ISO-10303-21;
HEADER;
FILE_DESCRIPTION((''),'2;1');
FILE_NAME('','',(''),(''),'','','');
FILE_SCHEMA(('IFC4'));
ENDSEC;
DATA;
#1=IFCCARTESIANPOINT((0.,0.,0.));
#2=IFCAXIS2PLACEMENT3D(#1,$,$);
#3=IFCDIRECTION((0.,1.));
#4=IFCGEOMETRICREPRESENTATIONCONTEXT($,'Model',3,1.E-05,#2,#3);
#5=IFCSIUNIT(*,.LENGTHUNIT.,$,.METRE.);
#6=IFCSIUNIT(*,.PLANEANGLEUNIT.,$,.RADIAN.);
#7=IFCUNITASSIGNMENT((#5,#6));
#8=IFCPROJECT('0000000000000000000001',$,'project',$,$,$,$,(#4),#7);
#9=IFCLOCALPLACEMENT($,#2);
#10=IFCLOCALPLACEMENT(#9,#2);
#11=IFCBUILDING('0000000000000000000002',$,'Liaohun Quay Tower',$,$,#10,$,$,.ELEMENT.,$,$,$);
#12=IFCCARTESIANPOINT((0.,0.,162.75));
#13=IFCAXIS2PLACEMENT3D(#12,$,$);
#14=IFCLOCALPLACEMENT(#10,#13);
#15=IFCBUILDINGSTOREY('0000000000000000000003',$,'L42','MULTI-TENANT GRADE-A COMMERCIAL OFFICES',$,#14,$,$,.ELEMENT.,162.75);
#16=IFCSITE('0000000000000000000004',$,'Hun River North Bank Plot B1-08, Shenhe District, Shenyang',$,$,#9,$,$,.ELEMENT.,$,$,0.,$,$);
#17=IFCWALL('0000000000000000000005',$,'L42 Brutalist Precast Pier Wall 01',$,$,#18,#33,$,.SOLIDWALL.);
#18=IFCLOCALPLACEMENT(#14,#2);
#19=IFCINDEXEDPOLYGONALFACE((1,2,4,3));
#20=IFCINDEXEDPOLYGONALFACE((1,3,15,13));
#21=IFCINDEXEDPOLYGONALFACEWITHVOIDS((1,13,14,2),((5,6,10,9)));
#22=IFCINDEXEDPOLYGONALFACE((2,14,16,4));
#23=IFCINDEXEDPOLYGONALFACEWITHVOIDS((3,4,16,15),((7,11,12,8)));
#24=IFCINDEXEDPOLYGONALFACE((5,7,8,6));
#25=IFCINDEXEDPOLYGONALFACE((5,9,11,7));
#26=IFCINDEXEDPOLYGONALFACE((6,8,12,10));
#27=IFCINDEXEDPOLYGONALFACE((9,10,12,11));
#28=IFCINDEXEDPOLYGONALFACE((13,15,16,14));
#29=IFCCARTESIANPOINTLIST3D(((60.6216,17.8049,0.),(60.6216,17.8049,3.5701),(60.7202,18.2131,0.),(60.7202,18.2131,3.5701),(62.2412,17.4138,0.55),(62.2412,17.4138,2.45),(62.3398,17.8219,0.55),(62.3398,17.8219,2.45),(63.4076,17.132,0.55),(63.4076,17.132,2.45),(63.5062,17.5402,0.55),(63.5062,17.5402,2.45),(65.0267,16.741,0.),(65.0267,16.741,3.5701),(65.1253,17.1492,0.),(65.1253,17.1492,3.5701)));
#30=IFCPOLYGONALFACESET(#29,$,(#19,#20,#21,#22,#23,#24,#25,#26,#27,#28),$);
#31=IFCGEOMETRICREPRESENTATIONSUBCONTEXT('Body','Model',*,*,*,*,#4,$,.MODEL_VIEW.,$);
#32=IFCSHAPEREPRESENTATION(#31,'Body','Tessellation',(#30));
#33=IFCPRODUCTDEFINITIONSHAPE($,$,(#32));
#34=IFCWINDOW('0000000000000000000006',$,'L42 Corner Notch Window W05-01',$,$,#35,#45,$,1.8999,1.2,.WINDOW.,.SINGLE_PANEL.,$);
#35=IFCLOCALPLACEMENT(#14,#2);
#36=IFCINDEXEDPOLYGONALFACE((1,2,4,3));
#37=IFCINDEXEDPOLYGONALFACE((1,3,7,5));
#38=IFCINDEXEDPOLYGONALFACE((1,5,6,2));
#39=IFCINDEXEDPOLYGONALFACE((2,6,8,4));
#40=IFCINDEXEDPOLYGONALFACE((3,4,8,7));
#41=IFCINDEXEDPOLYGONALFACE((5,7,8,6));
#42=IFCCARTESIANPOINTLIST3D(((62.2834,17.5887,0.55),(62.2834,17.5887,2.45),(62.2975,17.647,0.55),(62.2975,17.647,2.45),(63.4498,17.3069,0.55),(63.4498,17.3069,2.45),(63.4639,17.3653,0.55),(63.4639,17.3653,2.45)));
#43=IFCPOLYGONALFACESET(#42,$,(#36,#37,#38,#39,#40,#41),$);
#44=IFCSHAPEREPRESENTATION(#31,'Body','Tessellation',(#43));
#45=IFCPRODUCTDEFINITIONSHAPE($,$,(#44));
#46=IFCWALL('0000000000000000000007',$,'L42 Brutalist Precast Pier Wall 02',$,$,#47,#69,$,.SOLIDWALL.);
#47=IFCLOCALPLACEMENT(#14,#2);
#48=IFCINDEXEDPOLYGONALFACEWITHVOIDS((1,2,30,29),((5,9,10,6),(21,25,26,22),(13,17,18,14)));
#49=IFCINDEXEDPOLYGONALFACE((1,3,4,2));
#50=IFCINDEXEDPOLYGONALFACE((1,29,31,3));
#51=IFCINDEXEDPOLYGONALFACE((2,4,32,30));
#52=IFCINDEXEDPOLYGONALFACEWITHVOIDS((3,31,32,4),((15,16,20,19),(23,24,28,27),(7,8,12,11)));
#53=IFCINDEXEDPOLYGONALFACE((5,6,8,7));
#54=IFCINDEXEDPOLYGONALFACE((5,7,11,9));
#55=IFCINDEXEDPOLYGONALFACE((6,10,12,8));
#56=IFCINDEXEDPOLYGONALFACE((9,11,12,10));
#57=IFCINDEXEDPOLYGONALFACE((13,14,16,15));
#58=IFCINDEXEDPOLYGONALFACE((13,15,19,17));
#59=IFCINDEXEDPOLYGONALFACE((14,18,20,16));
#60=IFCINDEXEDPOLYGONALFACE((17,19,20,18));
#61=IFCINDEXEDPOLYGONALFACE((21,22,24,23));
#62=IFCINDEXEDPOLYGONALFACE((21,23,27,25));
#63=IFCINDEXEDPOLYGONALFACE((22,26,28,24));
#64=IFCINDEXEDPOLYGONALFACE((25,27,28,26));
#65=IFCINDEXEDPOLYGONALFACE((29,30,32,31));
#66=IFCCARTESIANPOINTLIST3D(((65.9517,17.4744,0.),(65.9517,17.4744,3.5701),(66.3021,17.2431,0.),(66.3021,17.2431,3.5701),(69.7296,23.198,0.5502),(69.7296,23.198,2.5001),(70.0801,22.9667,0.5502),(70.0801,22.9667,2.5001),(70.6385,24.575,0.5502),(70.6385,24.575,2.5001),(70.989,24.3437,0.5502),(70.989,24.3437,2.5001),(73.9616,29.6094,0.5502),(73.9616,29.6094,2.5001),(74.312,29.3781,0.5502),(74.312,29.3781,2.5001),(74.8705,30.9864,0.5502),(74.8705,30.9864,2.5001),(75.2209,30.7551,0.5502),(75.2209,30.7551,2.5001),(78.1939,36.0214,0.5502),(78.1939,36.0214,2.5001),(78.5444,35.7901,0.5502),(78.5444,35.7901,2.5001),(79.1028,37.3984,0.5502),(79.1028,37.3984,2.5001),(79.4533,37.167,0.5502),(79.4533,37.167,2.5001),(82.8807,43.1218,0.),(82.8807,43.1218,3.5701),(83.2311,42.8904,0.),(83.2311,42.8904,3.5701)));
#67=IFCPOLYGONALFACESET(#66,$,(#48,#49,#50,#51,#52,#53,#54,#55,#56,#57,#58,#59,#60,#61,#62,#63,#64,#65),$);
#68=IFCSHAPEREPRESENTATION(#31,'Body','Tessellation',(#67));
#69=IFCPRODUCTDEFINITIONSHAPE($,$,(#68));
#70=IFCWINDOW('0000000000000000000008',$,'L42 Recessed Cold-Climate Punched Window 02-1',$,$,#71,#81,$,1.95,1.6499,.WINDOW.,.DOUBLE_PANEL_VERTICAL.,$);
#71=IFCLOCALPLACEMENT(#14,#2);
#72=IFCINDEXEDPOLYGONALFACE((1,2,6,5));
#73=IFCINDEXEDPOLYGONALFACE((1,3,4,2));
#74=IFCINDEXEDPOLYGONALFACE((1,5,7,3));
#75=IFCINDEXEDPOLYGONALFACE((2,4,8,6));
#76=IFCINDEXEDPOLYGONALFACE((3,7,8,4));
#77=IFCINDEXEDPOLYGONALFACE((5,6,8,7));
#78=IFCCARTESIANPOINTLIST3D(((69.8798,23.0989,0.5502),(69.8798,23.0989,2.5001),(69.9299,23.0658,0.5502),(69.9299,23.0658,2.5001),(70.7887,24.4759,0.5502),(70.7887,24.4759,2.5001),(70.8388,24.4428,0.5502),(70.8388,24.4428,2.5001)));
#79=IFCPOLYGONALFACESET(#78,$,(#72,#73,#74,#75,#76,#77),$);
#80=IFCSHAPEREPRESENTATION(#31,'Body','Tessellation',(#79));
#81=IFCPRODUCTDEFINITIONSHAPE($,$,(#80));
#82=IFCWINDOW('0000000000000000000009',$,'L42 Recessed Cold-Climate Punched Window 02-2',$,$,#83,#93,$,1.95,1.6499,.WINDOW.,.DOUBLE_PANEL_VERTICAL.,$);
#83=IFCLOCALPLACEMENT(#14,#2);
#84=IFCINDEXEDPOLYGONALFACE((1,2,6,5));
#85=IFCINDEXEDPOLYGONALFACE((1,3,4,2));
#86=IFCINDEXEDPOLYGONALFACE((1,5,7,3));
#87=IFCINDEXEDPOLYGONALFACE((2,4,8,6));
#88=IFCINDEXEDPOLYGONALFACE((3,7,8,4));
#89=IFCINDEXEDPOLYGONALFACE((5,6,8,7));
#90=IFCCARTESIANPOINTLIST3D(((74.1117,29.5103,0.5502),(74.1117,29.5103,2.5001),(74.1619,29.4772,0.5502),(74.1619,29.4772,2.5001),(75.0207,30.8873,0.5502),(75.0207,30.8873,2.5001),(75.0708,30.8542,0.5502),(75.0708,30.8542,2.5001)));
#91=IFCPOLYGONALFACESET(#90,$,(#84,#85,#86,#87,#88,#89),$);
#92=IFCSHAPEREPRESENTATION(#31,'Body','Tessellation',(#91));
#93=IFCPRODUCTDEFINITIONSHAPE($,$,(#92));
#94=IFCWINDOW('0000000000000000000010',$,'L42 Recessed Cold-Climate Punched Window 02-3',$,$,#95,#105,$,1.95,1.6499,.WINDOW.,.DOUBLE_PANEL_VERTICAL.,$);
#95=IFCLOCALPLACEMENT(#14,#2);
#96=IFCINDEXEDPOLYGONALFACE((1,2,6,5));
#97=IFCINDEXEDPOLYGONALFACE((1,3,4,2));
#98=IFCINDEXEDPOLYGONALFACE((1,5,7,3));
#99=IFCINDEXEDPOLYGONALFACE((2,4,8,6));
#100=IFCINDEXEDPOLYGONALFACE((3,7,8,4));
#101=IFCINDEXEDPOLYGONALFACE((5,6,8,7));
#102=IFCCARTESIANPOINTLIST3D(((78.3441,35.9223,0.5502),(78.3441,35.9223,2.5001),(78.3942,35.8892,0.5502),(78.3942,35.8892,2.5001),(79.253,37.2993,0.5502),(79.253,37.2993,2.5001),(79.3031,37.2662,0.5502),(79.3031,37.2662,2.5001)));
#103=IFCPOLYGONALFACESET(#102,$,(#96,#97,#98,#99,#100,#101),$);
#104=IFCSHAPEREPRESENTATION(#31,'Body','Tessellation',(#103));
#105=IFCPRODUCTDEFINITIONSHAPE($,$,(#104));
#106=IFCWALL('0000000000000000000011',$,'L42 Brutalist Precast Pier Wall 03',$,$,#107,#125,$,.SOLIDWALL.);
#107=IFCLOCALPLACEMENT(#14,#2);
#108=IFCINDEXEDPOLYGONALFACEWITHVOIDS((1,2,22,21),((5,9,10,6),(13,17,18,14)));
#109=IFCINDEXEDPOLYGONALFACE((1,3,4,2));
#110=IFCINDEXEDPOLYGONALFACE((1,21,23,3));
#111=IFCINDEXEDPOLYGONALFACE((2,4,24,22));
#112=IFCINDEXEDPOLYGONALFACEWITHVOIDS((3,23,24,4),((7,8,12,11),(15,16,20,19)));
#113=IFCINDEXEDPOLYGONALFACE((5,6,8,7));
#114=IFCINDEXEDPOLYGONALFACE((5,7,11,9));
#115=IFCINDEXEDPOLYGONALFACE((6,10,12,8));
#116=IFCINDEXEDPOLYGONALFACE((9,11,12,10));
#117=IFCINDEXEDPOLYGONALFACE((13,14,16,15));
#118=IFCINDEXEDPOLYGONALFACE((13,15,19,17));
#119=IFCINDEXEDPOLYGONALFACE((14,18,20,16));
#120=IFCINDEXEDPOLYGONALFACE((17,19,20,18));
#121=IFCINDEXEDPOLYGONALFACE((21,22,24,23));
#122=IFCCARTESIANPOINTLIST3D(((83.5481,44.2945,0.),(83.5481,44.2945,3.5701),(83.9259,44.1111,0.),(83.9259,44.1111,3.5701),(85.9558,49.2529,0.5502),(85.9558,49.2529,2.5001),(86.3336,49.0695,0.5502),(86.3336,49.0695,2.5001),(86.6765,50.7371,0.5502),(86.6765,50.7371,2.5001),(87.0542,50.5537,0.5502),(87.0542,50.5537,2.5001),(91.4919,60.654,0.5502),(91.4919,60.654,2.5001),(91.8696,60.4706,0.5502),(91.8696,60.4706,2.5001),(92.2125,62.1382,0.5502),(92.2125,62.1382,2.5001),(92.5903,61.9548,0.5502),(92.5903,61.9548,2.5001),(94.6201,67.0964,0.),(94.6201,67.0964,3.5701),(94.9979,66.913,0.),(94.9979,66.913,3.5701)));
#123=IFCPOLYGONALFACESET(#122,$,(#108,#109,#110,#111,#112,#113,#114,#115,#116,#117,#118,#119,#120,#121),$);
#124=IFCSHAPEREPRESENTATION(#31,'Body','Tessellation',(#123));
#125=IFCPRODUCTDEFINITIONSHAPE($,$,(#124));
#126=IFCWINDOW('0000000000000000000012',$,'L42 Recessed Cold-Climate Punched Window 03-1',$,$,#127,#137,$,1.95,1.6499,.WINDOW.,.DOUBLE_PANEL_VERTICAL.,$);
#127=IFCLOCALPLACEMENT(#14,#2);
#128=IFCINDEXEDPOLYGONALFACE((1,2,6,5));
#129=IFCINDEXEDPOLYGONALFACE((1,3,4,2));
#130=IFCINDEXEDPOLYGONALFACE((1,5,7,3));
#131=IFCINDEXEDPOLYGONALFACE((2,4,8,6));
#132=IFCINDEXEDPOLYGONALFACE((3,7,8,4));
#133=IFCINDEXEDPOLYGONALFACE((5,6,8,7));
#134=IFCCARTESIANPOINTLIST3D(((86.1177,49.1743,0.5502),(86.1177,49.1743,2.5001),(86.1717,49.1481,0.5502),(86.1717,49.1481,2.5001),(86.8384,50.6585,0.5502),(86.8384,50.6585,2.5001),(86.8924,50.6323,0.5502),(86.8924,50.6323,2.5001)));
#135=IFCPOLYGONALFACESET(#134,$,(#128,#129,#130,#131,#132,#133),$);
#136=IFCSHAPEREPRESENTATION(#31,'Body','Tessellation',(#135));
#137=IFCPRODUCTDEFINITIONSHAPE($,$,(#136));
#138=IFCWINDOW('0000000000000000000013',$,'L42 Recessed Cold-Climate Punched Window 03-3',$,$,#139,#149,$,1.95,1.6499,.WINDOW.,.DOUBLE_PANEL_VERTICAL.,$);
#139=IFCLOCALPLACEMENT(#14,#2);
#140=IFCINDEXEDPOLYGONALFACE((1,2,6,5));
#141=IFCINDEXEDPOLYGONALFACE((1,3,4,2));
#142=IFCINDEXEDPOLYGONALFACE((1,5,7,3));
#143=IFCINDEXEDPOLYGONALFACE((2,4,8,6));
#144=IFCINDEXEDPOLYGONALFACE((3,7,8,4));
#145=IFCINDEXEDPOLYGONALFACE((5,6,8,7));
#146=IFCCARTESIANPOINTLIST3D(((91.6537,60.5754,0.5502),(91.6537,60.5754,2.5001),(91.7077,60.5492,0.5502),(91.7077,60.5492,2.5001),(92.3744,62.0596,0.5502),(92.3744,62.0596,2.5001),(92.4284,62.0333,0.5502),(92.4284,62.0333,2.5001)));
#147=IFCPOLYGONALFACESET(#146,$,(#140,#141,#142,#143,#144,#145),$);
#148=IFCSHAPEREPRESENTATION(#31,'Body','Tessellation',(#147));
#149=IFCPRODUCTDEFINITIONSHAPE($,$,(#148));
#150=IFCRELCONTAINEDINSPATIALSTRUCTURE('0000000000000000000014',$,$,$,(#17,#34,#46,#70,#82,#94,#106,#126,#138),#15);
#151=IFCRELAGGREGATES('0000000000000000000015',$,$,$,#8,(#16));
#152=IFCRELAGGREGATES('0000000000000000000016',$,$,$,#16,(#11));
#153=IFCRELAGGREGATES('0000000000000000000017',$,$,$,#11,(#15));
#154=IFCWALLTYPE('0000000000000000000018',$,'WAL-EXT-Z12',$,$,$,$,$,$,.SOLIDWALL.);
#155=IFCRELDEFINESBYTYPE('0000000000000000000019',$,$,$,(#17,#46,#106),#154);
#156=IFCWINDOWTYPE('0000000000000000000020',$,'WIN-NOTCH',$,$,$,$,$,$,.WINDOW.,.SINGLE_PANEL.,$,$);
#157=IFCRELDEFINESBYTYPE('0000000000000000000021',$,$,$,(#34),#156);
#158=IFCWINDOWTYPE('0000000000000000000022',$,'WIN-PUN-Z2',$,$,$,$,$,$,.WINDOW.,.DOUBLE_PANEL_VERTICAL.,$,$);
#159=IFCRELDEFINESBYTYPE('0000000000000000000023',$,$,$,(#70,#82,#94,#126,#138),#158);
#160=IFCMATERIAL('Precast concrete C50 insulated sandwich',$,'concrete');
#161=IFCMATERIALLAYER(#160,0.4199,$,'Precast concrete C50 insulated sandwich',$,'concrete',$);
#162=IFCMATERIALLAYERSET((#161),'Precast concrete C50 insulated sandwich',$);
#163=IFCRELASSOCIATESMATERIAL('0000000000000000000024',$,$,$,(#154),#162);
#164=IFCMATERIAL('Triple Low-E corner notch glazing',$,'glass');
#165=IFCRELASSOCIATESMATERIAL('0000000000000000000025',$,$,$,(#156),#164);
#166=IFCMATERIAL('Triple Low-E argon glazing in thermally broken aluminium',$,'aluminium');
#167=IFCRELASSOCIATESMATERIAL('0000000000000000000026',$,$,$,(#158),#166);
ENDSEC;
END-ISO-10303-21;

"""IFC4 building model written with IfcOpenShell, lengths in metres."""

from ifc_helpers import new_model, si_unit, direction, frame, frame_2d, origin, place, context, subcontext, project, spatial, rectangle, extrude, source, transform, mapped, material, layer, layer_set, type_object, element, fill, save


model = new_model("IFC4")

# Units and contexts
model_context = context("Model", 3, precision=1e-05, world=origin(), true_north=direction((0.0, 1.0)))
body_context = subcontext(model_context, "Body", "Model", "MODEL_VIEW")
ifc_project = project(units=[si_unit("LENGTHUNIT", "METRE"), si_unit("PLANEANGLEUNIT", "RADIAN")], contexts=[model_context])

# Site, building, storey
site_placement = place(None, origin())
site = spatial("IfcSite", under=ifc_project, at=site_placement, Name="Hun River North Bank Plot B1-08, Shenhe District, Shenyang", CompositionType="ELEMENT", RefElevation=0.0)
building_placement = place(site_placement, origin())
building = spatial("IfcBuilding", under=site, at=building_placement, Name="Liaohun Quay Tower", CompositionType="ELEMENT")
storey_placement = place(building_placement, frame((0.0, 0.0, 162.75)))
storey = spatial("IfcBuildingStorey", under=building, at=storey_placement, Name="L42", Description="MULTI-TENANT GRADE-A COMMERCIAL OFFICES", CompositionType="ELEMENT", Elevation=162.75)

# Wall, opening, window
ifc_material_1 = material(Name="Precast concrete C50 insulated sandwich", Category="concrete")
ifc_layer_1 = layer(ifc_material_1, 0.4199, Name="Precast concrete C50 insulated sandwich", Category="concrete")
ifc_layer_set_1 = layer_set([ifc_layer_1], Name="Precast concrete C50 insulated sandwich")
wall_type_1 = type_object("IfcWallType", Name="WAL-EXT-Z12", PredefinedType="SOLIDWALL", material=ifc_layer_set_1)
wall_1_placement = place(storey_placement, frame((60.6709, 18.009, 0.0), z_axis=(0.0, 0.0, 1.0), x_axis=(0.972048, -0.234783, 0.0)))
wall_1 = element("IfcWall", 1, at=wall_1_placement, inside=storey, type_object=wall_type_1, Name="L42 Brutalist Precast Pier Wall 01", PredefinedType="SOLIDWALL", context=body_context, shape_type="SweptSolid", body=[
    extrude(rectangle(XDim=4.5317, YDim=0.4199, at=frame_2d((2.2659, 0.0))), origin(), (0.0, 0.0, 1.0), 3.5701),
])
shared_shape_1 = source(origin(), body_context, "Body", "SweptSolid", [
    extrude(rectangle(XDim=1.2, YDim=1.8999, at=frame_2d((0.6001, 0.95))), frame((0.0, 0.22, 0.0), z_axis=(0.0, -1.0, 0.0), x_axis=(1.0, 0.0, 0.0)), (0.0, 0.0, 1.0), 0.4399),
])
opening_1_placement = place(wall_1_placement, frame((1.666, 0.0, 0.55)))
opening_1 = element("IfcOpeningElement", 2, at=opening_1_placement, cuts=wall_1, PredefinedType="OPENING", context=body_context, shape_type="MappedRepresentation", body=[
    mapped(shared_shape_1, transform((0.0, 0.0, 0.0), x_axis=(1.0, 0.0, 0.0), y_axis=(0.0, 1.0, 0.0), z_axis=(0.0, 0.0, 1.0), scale=1.0)),
])
ifc_material_2 = material(Name="Triple Low-E corner notch glazing", Category="glass")
window_type_1 = type_object("IfcWindowType", Name="WIN-NOTCH", PartitioningType="SINGLE_PANEL", PredefinedType="WINDOW", material=ifc_material_2)
shared_shape_2 = source(origin(), body_context, "Body", "SweptSolid", [
    extrude(rectangle(XDim=1.2, YDim=1.8999, at=frame_2d((0.6001, 0.95))), frame((0.0, 0.03, 0.0), z_axis=(0.0, -1.0, 0.0), x_axis=(1.0, 0.0, 0.0)), (0.0, 0.0, 1.0), 0.0601),
])
window_1_placement = place(opening_1_placement, origin())
window_1 = element("IfcWindow", 3, at=window_1_placement, inside=storey, type_object=window_type_1, Name="L42 Corner Notch Window W05-01", OverallHeight=1.8999, OverallWidth=1.2, PartitioningType="SINGLE_PANEL", PredefinedType="WINDOW", context=body_context, shape_type="MappedRepresentation", body=[
    mapped(shared_shape_2, transform((0.0, 0.0, 0.0), x_axis=(1.0, 0.0, 0.0), y_axis=(0.0, 1.0, 0.0), z_axis=(0.0, 0.0, 1.0), scale=1.0)),
])
fill(opening_1, window_1)

# Walls, openings, windows
wall_2_placement = place(storey_placement, frame((66.127, 17.3589, 0.0), z_axis=(0.0, 0.0, 1.0), x_axis=(0.550883, 0.834583, 0.0)))
wall_2 = element("IfcWall", 4, at=wall_2_placement, inside=storey, type_object=wall_type_1, Name="L42 Brutalist Precast Pier Wall 02", PredefinedType="SOLIDWALL", context=body_context, shape_type="SweptSolid", body=[
    extrude(rectangle(XDim=30.7307, YDim=0.4199, at=frame_2d((15.3652, 0.0))), origin(), (0.0, 0.0, 1.0), 3.5701),
])
shared_shape_3 = source(origin(), body_context, "Body", "SweptSolid", [
    extrude(rectangle(XDim=1.6499, YDim=1.95, at=frame_2d((0.825, 0.9751))), frame((0.0, 0.22, 0.0), z_axis=(0.0, -1.0, 0.0), x_axis=(1.0, 0.0, 0.0)), (0.0, 0.0, 1.0), 0.4399),
])
opening_2_placement = place(wall_2_placement, frame((6.8579, 0.0, 0.55)))
opening_2 = element("IfcOpeningElement", 5, at=opening_2_placement, cuts=wall_2, PredefinedType="OPENING", context=body_context, shape_type="MappedRepresentation", body=[
    mapped(shared_shape_3, transform((0.0, 0.0, 0.0), x_axis=(1.0, 0.0, 0.0), y_axis=(0.0, 1.0, 0.0), z_axis=(0.0, 0.0, 1.0), scale=1.0)),
])
opening_3_placement = place(wall_2_placement, frame((14.54, 0.0, 0.55)))
opening_3 = element("IfcOpeningElement", 6, at=opening_3_placement, cuts=wall_2, PredefinedType="OPENING", context=body_context, shape_type="MappedRepresentation", body=[
    mapped(shared_shape_3, transform((0.0, 0.0, 0.0), x_axis=(1.0, 0.0, 0.0), y_axis=(0.0, 1.0, 0.0), z_axis=(0.0, 0.0, 1.0), scale=1.0)),
])
opening_4_placement = place(wall_2_placement, frame((22.2229, 0.0, 0.55)))
opening_4 = element("IfcOpeningElement", 7, at=opening_4_placement, cuts=wall_2, PredefinedType="OPENING", context=body_context, shape_type="MappedRepresentation", body=[
    mapped(shared_shape_3, transform((0.0, 0.0, 0.0), x_axis=(1.0, 0.0, 0.0), y_axis=(0.0, 1.0, 0.0), z_axis=(0.0, 0.0, 1.0), scale=1.0)),
])
ifc_material_3 = material(Name="Triple Low-E argon glazing in thermally broken aluminium", Category="aluminium")
window_type_2 = type_object("IfcWindowType", Name="WIN-PUN-Z2", PartitioningType="DOUBLE_PANEL_VERTICAL", PredefinedType="WINDOW", material=ifc_material_3)
shared_shape_4 = source(origin(), body_context, "Body", "SweptSolid", [
    extrude(rectangle(XDim=1.6499, YDim=1.95, at=frame_2d((0.825, 0.9751))), frame((0.0, 0.03, 0.0), z_axis=(0.0, -1.0, 0.0), x_axis=(1.0, 0.0, 0.0)), (0.0, 0.0, 1.0), 0.0601),
])
window_2_placement = place(opening_2_placement, origin())
window_2 = element("IfcWindow", 8, at=window_2_placement, inside=storey, type_object=window_type_2, Name="L42 Recessed Cold-Climate Punched Window 02-1", OverallHeight=1.95, OverallWidth=1.6499, PartitioningType="DOUBLE_PANEL_VERTICAL", PredefinedType="WINDOW", context=body_context, shape_type="MappedRepresentation", body=[
    mapped(shared_shape_4, transform((0.0, 0.0, 0.0), x_axis=(1.0, 0.0, 0.0), y_axis=(0.0, 1.0, 0.0), z_axis=(0.0, 0.0, 1.0), scale=1.0)),
])
fill(opening_2, window_2)
window_3_placement = place(opening_3_placement, origin())
window_3 = element("IfcWindow", 9, at=window_3_placement, inside=storey, type_object=window_type_2, Name="L42 Recessed Cold-Climate Punched Window 02-2", OverallHeight=1.95, OverallWidth=1.6499, PartitioningType="DOUBLE_PANEL_VERTICAL", PredefinedType="WINDOW", context=body_context, shape_type="MappedRepresentation", body=[
    mapped(shared_shape_4, transform((0.0, 0.0, 0.0), x_axis=(1.0, 0.0, 0.0), y_axis=(0.0, 1.0, 0.0), z_axis=(0.0, 0.0, 1.0), scale=1.0)),
])
fill(opening_3, window_3)
window_4_placement = place(opening_4_placement, origin())
window_4 = element("IfcWindow", 10, at=window_4_placement, inside=storey, type_object=window_type_2, Name="L42 Recessed Cold-Climate Punched Window 02-3", OverallHeight=1.95, OverallWidth=1.6499, PartitioningType="DOUBLE_PANEL_VERTICAL", PredefinedType="WINDOW", context=body_context, shape_type="MappedRepresentation", body=[
    mapped(shared_shape_4, transform((0.0, 0.0, 0.0), x_axis=(1.0, 0.0, 0.0), y_axis=(0.0, 1.0, 0.0), z_axis=(0.0, 0.0, 1.0), scale=1.0)),
])
fill(opening_4, window_4)
wall_3_placement = place(storey_placement, frame((83.7371, 44.2029, 0.0), z_axis=(0.0, 0.0, 1.0), x_axis=(0.436801, 0.899558, 0.0)))
wall_3 = element("IfcWall", 11, at=wall_3_placement, inside=storey, type_object=wall_type_1, Name="L42 Brutalist Precast Pier Wall 03", PredefinedType="SOLIDWALL", context=body_context, shape_type="SweptSolid", body=[
    extrude(rectangle(XDim=25.3479, YDim=0.4199, at=frame_2d((12.6738, 0.0))), origin(), (0.0, 0.0, 1.0), 3.5701),
])
opening_5_placement = place(wall_3_placement, frame((5.512, 0.0, 0.55)))
opening_5 = element("IfcOpeningElement", 12, at=opening_5_placement, cuts=wall_3, PredefinedType="OPENING", context=body_context, shape_type="MappedRepresentation", body=[
    mapped(shared_shape_3, transform((0.0, 0.0, 0.0), x_axis=(1.0, 0.0, 0.0), y_axis=(0.0, 1.0, 0.0), z_axis=(0.0, 0.0, 1.0), scale=1.0)),
])
opening_6_placement = place(wall_3_placement, frame((18.186, 0.0, 0.55)))
opening_6 = element("IfcOpeningElement", 13, at=opening_6_placement, cuts=wall_3, PredefinedType="OPENING", context=body_context, shape_type="MappedRepresentation", body=[
    mapped(shared_shape_3, transform((0.0, 0.0, 0.0), x_axis=(1.0, 0.0, 0.0), y_axis=(0.0, 1.0, 0.0), z_axis=(0.0, 0.0, 1.0), scale=1.0)),
])
window_5_placement = place(opening_5_placement, origin())
window_5 = element("IfcWindow", 14, at=window_5_placement, inside=storey, type_object=window_type_2, Name="L42 Recessed Cold-Climate Punched Window 03-1", OverallHeight=1.95, OverallWidth=1.6499, PartitioningType="DOUBLE_PANEL_VERTICAL", PredefinedType="WINDOW", context=body_context, shape_type="MappedRepresentation", body=[
    mapped(shared_shape_4, transform((0.0, 0.0, 0.0), x_axis=(1.0, 0.0, 0.0), y_axis=(0.0, 1.0, 0.0), z_axis=(0.0, 0.0, 1.0), scale=1.0)),
])
fill(opening_5, window_5)
window_6_placement = place(opening_6_placement, origin())
window_6 = element("IfcWindow", 15, at=window_6_placement, inside=storey, type_object=window_type_2, Name="L42 Recessed Cold-Climate Punched Window 03-3", OverallHeight=1.95, OverallWidth=1.6499, PartitioningType="DOUBLE_PANEL_VERTICAL", PredefinedType="WINDOW", context=body_context, shape_type="MappedRepresentation", body=[
    mapped(shared_shape_4, transform((0.0, 0.0, 0.0), x_axis=(1.0, 0.0, 0.0), y_axis=(0.0, 1.0, 0.0), z_axis=(0.0, 0.0, 1.0), scale=1.0)),
])
fill(opening_6, window_6)

save(model, "model.ifc")
